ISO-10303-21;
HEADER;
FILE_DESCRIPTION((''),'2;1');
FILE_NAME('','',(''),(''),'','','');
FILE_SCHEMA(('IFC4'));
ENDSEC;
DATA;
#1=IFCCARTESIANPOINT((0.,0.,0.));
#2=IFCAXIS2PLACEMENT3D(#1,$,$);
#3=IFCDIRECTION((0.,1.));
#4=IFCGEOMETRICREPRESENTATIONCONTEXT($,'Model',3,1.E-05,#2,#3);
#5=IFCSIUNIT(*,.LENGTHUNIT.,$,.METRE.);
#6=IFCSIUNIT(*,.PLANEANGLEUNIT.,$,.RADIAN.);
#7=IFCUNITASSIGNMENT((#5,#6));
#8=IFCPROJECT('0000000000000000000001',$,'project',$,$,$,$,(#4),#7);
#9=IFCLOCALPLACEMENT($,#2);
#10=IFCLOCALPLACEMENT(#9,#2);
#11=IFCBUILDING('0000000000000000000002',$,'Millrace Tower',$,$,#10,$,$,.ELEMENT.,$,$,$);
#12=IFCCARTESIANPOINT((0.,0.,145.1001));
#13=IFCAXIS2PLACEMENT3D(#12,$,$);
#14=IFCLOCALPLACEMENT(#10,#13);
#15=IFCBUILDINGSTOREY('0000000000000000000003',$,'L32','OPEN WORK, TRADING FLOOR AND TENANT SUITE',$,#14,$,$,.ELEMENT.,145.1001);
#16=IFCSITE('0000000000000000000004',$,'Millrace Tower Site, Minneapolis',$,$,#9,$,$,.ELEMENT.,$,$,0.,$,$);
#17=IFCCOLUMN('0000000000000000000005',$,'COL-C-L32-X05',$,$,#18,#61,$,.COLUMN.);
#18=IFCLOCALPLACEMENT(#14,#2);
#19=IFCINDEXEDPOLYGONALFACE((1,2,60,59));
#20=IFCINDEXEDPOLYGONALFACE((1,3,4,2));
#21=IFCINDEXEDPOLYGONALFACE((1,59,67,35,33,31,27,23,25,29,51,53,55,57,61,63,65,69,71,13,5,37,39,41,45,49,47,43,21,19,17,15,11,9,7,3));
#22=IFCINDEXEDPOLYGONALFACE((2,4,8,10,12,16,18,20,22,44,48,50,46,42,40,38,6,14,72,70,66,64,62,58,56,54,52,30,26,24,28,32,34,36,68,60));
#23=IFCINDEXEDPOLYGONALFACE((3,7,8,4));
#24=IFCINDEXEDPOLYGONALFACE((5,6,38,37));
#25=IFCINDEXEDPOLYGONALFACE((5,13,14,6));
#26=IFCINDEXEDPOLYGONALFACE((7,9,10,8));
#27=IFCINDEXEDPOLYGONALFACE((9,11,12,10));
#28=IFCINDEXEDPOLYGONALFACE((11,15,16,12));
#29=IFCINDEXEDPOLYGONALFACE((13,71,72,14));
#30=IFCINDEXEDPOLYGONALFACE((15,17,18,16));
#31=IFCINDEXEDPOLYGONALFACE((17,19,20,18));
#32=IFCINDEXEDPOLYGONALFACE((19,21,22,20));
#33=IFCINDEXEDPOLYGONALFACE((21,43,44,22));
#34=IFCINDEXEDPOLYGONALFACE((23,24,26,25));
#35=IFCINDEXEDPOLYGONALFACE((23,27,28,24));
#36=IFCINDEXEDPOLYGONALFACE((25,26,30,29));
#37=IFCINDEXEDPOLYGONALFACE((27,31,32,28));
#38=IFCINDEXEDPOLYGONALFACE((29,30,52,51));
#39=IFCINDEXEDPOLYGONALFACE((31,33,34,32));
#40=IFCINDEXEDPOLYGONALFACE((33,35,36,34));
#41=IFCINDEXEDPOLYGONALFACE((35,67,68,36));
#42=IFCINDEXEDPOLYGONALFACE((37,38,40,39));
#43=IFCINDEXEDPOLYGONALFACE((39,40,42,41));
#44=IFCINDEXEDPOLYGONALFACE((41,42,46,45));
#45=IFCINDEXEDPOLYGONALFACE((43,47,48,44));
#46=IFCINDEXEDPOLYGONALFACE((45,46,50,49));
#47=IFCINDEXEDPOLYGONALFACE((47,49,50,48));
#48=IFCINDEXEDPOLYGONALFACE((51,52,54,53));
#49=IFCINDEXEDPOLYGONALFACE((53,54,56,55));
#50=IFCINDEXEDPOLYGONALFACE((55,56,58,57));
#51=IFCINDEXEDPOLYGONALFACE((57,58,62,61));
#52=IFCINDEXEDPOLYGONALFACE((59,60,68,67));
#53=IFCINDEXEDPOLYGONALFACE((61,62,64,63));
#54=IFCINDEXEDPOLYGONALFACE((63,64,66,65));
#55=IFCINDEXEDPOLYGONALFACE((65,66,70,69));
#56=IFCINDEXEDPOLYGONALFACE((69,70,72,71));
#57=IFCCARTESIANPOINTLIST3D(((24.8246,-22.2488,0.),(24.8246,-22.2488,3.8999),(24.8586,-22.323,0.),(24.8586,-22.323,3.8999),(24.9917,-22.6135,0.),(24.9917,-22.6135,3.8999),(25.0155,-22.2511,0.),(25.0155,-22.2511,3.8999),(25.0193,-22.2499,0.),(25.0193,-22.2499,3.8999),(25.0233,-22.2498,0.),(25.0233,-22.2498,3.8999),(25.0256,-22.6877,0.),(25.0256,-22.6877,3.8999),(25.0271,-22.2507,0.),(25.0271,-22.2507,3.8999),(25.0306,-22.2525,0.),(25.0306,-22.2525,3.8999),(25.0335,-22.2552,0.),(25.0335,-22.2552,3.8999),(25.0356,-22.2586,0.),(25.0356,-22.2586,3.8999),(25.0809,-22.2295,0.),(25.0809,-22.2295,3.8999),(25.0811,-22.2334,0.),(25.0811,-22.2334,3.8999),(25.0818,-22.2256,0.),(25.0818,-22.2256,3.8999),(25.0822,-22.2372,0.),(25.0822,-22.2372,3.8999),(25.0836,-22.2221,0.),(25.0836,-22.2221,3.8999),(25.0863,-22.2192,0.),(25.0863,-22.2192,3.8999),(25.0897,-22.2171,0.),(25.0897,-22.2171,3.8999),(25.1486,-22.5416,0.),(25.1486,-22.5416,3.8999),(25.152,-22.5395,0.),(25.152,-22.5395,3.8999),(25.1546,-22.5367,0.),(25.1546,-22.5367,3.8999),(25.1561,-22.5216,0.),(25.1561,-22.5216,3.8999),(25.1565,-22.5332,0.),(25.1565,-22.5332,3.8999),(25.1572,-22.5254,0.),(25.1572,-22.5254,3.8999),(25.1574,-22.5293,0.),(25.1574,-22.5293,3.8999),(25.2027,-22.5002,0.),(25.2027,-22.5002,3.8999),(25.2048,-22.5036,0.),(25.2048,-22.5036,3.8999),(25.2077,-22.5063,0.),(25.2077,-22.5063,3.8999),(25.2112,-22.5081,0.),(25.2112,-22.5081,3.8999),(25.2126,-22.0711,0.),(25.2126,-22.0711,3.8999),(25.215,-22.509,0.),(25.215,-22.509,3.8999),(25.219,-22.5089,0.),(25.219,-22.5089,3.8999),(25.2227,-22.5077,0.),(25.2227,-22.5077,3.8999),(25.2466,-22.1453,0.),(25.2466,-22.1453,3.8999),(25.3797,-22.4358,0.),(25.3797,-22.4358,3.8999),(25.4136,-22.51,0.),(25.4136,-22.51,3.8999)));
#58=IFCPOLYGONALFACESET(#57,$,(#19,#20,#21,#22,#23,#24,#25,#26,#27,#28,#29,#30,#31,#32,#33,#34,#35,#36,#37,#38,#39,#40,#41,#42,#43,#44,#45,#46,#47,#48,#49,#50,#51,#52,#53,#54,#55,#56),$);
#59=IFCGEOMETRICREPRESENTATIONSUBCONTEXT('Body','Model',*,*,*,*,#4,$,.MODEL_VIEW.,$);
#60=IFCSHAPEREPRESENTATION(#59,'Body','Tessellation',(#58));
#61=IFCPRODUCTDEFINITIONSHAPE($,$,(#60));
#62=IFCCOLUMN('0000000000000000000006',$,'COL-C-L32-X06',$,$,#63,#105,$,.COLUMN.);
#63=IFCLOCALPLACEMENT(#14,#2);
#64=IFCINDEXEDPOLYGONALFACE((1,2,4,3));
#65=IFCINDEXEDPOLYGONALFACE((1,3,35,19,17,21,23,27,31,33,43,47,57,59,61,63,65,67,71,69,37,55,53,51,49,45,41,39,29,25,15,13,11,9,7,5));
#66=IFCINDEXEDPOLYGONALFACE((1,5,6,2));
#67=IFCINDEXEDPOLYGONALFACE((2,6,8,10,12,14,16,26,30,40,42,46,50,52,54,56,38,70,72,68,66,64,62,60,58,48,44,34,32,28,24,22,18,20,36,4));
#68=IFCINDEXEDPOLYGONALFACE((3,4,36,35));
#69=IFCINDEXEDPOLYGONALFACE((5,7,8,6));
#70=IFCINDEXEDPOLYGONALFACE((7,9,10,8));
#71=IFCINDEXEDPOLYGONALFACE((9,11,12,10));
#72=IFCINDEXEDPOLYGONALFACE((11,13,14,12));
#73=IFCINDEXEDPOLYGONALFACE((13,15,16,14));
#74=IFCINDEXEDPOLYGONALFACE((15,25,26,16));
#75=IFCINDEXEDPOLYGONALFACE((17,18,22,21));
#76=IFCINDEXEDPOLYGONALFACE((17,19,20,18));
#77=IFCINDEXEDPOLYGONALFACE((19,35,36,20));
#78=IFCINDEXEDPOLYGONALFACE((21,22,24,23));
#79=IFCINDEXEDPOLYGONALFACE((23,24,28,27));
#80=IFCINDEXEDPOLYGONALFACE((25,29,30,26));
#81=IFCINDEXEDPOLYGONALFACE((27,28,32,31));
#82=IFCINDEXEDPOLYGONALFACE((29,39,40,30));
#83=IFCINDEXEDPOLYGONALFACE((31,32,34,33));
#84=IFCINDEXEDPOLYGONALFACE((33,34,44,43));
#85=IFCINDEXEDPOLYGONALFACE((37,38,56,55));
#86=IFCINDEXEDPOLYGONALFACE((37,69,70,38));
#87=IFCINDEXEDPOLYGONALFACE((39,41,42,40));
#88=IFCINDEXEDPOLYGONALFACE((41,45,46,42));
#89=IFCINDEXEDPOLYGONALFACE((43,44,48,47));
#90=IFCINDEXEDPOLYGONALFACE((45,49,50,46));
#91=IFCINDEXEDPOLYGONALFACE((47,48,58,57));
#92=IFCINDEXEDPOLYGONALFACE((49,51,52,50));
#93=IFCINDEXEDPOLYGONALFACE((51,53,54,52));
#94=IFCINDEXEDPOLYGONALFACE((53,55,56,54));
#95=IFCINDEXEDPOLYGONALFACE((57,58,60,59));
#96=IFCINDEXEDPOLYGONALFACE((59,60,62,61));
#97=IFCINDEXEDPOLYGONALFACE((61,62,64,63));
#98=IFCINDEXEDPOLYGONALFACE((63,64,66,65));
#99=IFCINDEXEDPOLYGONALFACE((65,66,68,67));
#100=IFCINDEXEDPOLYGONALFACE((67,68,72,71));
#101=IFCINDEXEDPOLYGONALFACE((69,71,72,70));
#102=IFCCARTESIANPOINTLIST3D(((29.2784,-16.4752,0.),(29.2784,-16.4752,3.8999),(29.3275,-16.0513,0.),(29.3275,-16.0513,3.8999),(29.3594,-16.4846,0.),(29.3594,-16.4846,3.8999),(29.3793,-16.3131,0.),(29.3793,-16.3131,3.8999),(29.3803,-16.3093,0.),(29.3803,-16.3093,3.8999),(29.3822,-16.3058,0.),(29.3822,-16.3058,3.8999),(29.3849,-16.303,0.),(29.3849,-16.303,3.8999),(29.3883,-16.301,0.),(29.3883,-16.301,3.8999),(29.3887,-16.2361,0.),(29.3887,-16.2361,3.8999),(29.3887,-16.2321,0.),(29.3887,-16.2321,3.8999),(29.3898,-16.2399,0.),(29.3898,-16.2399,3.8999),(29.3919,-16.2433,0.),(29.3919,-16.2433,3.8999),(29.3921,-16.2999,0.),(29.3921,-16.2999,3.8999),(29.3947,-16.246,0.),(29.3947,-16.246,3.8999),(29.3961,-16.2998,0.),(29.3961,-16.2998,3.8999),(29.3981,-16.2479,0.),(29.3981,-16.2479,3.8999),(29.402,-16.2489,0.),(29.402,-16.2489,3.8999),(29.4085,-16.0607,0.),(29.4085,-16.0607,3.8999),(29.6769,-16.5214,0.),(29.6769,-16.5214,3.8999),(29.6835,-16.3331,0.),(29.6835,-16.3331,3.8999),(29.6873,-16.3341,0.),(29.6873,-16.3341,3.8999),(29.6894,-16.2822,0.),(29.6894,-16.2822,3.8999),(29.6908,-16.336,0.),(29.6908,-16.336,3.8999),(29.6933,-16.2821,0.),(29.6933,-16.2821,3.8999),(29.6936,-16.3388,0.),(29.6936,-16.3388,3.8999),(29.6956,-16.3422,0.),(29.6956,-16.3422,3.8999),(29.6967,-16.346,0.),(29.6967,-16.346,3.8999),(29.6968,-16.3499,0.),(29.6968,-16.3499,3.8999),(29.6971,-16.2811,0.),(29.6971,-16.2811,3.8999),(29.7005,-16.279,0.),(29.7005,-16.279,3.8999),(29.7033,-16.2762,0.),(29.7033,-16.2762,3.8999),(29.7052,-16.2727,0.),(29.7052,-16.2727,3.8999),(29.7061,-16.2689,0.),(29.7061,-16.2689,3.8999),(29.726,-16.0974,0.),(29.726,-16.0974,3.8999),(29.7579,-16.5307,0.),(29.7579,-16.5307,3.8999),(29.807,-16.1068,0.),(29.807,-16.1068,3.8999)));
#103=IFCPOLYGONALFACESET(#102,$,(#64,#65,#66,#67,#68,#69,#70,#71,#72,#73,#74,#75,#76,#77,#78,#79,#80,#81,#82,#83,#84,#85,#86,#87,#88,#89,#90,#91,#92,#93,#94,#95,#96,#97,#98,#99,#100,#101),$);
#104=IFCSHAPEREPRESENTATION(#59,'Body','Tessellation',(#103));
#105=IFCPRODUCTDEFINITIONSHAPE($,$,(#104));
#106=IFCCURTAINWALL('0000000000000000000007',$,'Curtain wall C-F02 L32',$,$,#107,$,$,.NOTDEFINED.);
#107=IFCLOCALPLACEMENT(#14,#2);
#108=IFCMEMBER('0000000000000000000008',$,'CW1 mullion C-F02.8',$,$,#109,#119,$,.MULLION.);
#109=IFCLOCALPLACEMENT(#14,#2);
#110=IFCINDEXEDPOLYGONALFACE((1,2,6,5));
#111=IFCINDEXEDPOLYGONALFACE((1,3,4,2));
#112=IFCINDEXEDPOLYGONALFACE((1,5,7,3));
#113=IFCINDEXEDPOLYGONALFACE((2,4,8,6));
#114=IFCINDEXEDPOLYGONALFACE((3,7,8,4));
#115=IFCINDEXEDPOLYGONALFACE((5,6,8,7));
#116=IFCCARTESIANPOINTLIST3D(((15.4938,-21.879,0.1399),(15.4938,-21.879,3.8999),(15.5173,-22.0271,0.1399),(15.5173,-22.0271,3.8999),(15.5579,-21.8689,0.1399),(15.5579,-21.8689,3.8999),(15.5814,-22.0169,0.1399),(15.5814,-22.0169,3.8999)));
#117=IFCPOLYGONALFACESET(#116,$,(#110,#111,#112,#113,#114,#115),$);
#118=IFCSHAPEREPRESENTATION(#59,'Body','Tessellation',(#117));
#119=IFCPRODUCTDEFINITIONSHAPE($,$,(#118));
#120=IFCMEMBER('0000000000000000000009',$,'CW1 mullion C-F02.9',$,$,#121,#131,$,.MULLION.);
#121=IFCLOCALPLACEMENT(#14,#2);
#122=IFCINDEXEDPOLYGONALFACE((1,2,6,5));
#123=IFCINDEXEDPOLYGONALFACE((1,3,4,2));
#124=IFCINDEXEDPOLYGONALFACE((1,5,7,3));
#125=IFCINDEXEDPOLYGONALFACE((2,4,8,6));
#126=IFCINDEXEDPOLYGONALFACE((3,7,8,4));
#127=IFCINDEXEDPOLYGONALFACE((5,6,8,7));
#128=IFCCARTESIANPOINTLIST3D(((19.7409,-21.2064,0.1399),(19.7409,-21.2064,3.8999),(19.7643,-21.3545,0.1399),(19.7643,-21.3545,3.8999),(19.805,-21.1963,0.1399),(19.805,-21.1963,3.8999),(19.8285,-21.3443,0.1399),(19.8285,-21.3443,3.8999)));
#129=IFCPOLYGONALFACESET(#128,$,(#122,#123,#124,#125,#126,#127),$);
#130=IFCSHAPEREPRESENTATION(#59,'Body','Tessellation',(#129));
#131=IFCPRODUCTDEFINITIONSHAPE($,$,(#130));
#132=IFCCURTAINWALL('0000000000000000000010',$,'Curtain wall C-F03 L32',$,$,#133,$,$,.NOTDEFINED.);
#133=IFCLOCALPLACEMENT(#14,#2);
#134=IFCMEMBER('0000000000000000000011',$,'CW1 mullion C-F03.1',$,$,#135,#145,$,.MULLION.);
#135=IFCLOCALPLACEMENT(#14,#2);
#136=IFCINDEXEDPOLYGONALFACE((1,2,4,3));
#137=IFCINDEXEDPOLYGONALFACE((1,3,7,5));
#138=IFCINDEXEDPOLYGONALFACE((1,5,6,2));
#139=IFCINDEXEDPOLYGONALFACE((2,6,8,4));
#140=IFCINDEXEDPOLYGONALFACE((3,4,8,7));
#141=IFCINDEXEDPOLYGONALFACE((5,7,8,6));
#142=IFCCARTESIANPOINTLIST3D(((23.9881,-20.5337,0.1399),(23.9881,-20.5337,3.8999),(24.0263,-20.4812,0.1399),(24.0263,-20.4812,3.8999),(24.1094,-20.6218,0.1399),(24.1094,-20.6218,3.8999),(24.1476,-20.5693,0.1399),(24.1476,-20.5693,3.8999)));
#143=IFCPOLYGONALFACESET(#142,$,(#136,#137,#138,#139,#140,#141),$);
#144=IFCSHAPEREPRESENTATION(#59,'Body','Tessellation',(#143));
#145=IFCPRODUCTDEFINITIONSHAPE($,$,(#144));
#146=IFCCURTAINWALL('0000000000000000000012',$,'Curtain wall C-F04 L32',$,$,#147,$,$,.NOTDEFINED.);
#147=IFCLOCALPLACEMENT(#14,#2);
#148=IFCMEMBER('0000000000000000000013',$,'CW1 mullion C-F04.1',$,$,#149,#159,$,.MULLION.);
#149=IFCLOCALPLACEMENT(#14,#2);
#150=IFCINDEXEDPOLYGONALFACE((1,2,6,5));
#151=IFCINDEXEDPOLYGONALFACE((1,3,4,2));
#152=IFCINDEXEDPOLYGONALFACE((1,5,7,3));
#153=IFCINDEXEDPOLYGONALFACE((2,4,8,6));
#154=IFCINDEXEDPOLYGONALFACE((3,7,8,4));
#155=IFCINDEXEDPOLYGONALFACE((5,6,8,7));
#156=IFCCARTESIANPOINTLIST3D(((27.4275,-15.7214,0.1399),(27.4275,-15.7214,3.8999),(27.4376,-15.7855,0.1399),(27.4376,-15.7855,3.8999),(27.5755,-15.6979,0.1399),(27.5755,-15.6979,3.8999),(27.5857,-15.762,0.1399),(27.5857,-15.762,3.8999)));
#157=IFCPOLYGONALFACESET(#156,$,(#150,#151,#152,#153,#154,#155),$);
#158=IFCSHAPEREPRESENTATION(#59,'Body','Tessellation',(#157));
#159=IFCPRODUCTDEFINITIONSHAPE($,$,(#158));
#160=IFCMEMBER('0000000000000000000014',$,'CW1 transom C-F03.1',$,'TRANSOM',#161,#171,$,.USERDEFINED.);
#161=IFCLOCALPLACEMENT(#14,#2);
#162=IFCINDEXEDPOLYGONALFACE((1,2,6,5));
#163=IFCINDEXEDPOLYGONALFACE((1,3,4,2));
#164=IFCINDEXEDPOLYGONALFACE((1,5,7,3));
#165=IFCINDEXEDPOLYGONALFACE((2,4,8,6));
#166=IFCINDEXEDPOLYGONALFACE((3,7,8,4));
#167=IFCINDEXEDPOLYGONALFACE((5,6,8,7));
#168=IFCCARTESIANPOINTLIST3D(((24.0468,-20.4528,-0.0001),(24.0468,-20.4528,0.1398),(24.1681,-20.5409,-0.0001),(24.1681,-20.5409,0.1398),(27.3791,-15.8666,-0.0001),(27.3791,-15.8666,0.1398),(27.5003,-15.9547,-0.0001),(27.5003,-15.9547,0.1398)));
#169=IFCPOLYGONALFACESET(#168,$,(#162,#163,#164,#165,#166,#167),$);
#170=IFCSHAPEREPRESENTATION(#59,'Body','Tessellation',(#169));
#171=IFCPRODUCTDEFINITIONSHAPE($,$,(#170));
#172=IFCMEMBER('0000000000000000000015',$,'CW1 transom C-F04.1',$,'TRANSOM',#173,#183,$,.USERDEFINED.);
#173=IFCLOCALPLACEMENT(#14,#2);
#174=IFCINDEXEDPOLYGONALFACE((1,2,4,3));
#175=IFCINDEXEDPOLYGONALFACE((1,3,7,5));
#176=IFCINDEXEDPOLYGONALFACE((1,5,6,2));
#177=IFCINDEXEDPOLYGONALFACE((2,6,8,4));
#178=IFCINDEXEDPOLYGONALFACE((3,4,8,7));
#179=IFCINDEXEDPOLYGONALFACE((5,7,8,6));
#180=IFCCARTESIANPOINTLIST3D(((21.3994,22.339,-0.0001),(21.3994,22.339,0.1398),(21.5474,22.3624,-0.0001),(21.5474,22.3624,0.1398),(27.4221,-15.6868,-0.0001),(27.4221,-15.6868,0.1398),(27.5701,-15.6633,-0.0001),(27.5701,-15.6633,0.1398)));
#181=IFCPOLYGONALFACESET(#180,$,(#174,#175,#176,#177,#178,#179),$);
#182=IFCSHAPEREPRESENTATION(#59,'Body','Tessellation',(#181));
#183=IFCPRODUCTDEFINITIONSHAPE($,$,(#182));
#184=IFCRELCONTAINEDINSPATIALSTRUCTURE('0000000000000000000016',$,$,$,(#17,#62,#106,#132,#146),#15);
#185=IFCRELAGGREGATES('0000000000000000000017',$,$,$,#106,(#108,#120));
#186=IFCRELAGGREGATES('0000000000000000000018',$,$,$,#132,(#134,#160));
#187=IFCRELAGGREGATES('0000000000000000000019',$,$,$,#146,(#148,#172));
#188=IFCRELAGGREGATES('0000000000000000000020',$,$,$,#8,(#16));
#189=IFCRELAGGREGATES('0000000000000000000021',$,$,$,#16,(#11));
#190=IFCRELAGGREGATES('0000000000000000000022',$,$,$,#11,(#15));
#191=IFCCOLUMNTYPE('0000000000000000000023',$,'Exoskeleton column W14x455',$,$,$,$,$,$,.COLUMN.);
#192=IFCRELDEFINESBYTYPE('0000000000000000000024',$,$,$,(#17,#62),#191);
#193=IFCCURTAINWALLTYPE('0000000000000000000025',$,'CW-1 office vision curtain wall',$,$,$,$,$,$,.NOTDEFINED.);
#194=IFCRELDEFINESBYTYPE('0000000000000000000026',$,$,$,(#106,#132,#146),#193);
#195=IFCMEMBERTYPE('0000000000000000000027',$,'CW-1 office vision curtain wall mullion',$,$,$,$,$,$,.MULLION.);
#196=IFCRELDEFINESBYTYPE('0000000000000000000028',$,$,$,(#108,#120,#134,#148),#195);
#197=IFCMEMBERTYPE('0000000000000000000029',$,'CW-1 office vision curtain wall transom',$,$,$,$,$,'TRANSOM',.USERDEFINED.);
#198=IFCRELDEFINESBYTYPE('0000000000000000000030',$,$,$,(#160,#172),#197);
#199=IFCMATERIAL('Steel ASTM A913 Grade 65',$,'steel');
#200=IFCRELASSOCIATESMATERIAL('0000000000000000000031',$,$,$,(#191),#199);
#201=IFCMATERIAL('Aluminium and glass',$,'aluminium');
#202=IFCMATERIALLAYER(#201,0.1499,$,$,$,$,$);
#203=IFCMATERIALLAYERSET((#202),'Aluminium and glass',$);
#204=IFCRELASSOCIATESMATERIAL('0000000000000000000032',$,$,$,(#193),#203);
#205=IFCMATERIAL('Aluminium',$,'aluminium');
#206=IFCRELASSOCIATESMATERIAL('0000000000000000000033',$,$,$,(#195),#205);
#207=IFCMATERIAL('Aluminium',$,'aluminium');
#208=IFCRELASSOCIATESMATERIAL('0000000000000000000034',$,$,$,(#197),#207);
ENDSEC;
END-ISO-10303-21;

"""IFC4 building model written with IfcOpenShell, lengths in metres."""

from ifc_helpers import new_model, si_unit, direction, frame, origin, origin_2d, place, context, subcontext, project, spatial, rectangle, i_section, extrude, material, layer, layer_set, material_profile, profile_set, type_object, element, aggregate, save


model = new_model("IFC4")

# Units and contexts
model_context = context("Model", 3, precision=1e-05, world=origin(), true_north=direction((0.0, 1.0)))
body_context = subcontext(model_context, "Body", "Model", "MODEL_VIEW")
ifc_project = project(units=[si_unit("LENGTHUNIT", "METRE"), si_unit("PLANEANGLEUNIT", "RADIAN")], contexts=[model_context])

# Site, building, storey
site_placement = place(None, origin())
site = spatial("IfcSite", under=ifc_project, at=site_placement, Name="Millrace Tower Site, Minneapolis", CompositionType="ELEMENT", RefElevation=0.0)
building_placement = place(site_placement, origin())
building = spatial("IfcBuilding", under=site, at=building_placement, Name="Millrace Tower", CompositionType="ELEMENT")
storey_placement = place(building_placement, frame((0.0, 0.0, 145.1001)))
storey = spatial("IfcBuildingStorey", under=building, at=storey_placement, Name="L32", Description="OPEN WORK, TRADING FLOOR AND TENANT SUITE", CompositionType="ELEMENT", Elevation=145.1001)

# Columns
ifc_material_1 = material(Name="Steel ASTM A913 Grade 65", Category="steel")
ifc_material_profile_1 = material_profile(ifc_material_1, i_section(OverallWidth=0.4268, OverallDepth=0.4827, WebThickness=0.0513, FlangeThickness=0.0815, FilletRadius=0.0151, at=origin_2d()))
ifc_profile_set_1 = profile_set([ifc_material_profile_1], Name="Steel ASTM A913 Grade 65")
column_type = type_object("IfcColumnType", Name="Exoskeleton column W14x455", PredefinedType="COLUMN", material=ifc_profile_set_1)
for number, where, z_axis, x_axis, name in (
    (1, (25.1191, -22.3794, 0.0), (0.0, 0.0, 1.0), (0.909181, 0.416401, 0.0), "COL-C-L32-X05"),
    (2, (29.5427, -16.291, 0.0), (0.0, 0.0, 1.0), (0.115069, 0.993358, 0.0), "COL-C-L32-X06"),
):
    element("IfcColumn", number, at=place(storey_placement, frame(where, z_axis=z_axis, x_axis=x_axis)), inside=storey, type_object=column_type, Name=name, PredefinedType="COLUMN", context=body_context, shape_type="SweptSolid", body=[
        extrude(i_section(OverallWidth=0.4268, OverallDepth=0.4827, WebThickness=0.0513, FlangeThickness=0.0815, FilletRadius=0.0151, at=origin_2d()), origin(), (0.0, 0.0, 1.0), 3.8999),
    ])

# Curtain wall, members
ifc_material_2 = material(Name="Aluminium and glass", Category="aluminium")
ifc_layer_1 = layer(ifc_material_2, 0.1499)
ifc_layer_set_1 = layer_set([ifc_layer_1], Name="Aluminium and glass")
curtain_wall_type = type_object("IfcCurtainWallType", Name="CW-1 office vision curtain wall", PredefinedType="NOTDEFINED", material=ifc_layer_set_1)
placement = place(storey_placement, origin())
curtain_wall_1 = element("IfcCurtainWall", 3, at=placement, inside=storey, type_object=curtain_wall_type, Name="Curtain wall C-F02 L32", PredefinedType="NOTDEFINED")
ifc_material_3 = material(Name="Aluminium", Category="aluminium")
ifc_material_profile_2 = material_profile(ifc_material_3, rectangle(XDim=0.0649, YDim=0.1499, at=origin_2d()))
ifc_profile_set_2 = profile_set([ifc_material_profile_2], Name="Aluminium")
member_type_1 = type_object("IfcMemberType", Name="CW-1 office vision curtain wall mullion", PredefinedType="MULLION", material=ifc_profile_set_2)
member_1_placement = place(storey_placement, frame((15.5376, -21.948, 0.1399), z_axis=(0.0, 0.0, 1.0), x_axis=(0.987688, 0.156434, 0.0)))
member_1 = element("IfcMember", 4, at=member_1_placement, type_object=member_type_1, Name="CW1 mullion C-F02.8", PredefinedType="MULLION", context=body_context, shape_type="SweptSolid", body=[
    extrude(rectangle(XDim=0.0649, YDim=0.1499, at=origin_2d()), origin(), (0.0, 0.0, 1.0), 3.76),
])
member_2_placement = place(storey_placement, frame((19.7847, -21.2754, 0.1399), z_axis=(0.0, 0.0, 1.0), x_axis=(0.987688, 0.156434, 0.0)))
member_2 = element("IfcMember", 5, at=member_2_placement, type_object=member_type_1, Name="CW1 mullion C-F02.9", PredefinedType="MULLION", context=body_context, shape_type="SweptSolid", body=[
    extrude(rectangle(XDim=0.0649, YDim=0.1499, at=origin_2d()), origin(), (0.0, 0.0, 1.0), 3.76),
])
aggregate(curtain_wall_1, [member_1, member_2])

# Curtain walls, members
curtain_wall_2 = element("IfcCurtainWall", 6, at=placement, inside=storey, type_object=curtain_wall_type, Name="Curtain wall C-F03 L32", PredefinedType="NOTDEFINED")
member_3_placement = place(storey_placement, frame((24.0679, -20.5515, 0.1399), z_axis=(0.0, 0.0, 1.0), x_axis=(0.587785, 0.809017, 0.0)))
member_3 = element("IfcMember", 7, at=member_3_placement, type_object=member_type_1, Name="CW1 mullion C-F03.1", PredefinedType="MULLION", context=body_context, shape_type="SweptSolid", body=[
    extrude(rectangle(XDim=0.0649, YDim=0.1499, at=origin_2d()), origin(), (0.0, 0.0, 1.0), 3.76),
])
curtain_wall_3 = element("IfcCurtainWall", 8, at=placement, inside=storey, type_object=curtain_wall_type, Name="Curtain wall C-F04 L32", PredefinedType="NOTDEFINED")
member_4_placement = place(storey_placement, frame((27.5066, -15.7417, 0.1399), z_axis=(0.0, 0.0, 1.0), x_axis=(-0.156434, 0.987688, 0.0)))
member_4 = element("IfcMember", 9, at=member_4_placement, type_object=member_type_1, Name="CW1 mullion C-F04.1", PredefinedType="MULLION", context=body_context, shape_type="SweptSolid", body=[
    extrude(rectangle(XDim=0.0649, YDim=0.1499, at=origin_2d()), origin(), (0.0, 0.0, 1.0), 3.76),
])

# Members
ifc_material_4 = material(Name="Aluminium", Category="aluminium")
ifc_material_profile_3 = material_profile(ifc_material_4, rectangle(XDim=0.1499, YDim=0.1399, at=origin_2d()))
ifc_profile_set_3 = profile_set([ifc_material_profile_3], Name="Aluminium")
member_type_2 = type_object("IfcMemberType", Name="CW-1 office vision curtain wall transom", ElementType="TRANSOM", PredefinedType="USERDEFINED", material=ifc_profile_set_3)
member_5_placement = place(storey_placement, frame((24.1074, -20.4968, 0.0698), z_axis=(0.587811, 0.808999, 0.0), x_axis=(-0.808999, 0.587811, 0.0)))
member_5 = element("IfcMember", 10, at=member_5_placement, type_object=member_type_2, Name="CW1 transom C-F03.1", ObjectType="TRANSOM", PredefinedType="USERDEFINED", context=body_context, shape_type="SweptSolid", body=[
    extrude(rectangle(XDim=0.1499, YDim=0.1399, at=origin_2d()), origin(), (0.0, 0.0, 1.0), 5.6689),
])
aggregate(curtain_wall_2, [member_3, member_5])
member_6_placement = place(storey_placement, frame((27.4961, -15.675, 0.0698), z_axis=(-0.156434, 0.987688, 0.0), x_axis=(-0.987688, -0.156434, 0.0)))
member_6 = element("IfcMember", 11, at=member_6_placement, type_object=member_type_2, Name="CW1 transom C-F04.1", ObjectType="TRANSOM", PredefinedType="USERDEFINED", context=body_context, shape_type="SweptSolid", body=[
    extrude(rectangle(XDim=0.1499, YDim=0.1399, at=origin_2d()), origin(), (0.0, 0.0, 1.0), 38.4998),
])
aggregate(curtain_wall_3, [member_4, member_6])

save(model, "model.ifc")
